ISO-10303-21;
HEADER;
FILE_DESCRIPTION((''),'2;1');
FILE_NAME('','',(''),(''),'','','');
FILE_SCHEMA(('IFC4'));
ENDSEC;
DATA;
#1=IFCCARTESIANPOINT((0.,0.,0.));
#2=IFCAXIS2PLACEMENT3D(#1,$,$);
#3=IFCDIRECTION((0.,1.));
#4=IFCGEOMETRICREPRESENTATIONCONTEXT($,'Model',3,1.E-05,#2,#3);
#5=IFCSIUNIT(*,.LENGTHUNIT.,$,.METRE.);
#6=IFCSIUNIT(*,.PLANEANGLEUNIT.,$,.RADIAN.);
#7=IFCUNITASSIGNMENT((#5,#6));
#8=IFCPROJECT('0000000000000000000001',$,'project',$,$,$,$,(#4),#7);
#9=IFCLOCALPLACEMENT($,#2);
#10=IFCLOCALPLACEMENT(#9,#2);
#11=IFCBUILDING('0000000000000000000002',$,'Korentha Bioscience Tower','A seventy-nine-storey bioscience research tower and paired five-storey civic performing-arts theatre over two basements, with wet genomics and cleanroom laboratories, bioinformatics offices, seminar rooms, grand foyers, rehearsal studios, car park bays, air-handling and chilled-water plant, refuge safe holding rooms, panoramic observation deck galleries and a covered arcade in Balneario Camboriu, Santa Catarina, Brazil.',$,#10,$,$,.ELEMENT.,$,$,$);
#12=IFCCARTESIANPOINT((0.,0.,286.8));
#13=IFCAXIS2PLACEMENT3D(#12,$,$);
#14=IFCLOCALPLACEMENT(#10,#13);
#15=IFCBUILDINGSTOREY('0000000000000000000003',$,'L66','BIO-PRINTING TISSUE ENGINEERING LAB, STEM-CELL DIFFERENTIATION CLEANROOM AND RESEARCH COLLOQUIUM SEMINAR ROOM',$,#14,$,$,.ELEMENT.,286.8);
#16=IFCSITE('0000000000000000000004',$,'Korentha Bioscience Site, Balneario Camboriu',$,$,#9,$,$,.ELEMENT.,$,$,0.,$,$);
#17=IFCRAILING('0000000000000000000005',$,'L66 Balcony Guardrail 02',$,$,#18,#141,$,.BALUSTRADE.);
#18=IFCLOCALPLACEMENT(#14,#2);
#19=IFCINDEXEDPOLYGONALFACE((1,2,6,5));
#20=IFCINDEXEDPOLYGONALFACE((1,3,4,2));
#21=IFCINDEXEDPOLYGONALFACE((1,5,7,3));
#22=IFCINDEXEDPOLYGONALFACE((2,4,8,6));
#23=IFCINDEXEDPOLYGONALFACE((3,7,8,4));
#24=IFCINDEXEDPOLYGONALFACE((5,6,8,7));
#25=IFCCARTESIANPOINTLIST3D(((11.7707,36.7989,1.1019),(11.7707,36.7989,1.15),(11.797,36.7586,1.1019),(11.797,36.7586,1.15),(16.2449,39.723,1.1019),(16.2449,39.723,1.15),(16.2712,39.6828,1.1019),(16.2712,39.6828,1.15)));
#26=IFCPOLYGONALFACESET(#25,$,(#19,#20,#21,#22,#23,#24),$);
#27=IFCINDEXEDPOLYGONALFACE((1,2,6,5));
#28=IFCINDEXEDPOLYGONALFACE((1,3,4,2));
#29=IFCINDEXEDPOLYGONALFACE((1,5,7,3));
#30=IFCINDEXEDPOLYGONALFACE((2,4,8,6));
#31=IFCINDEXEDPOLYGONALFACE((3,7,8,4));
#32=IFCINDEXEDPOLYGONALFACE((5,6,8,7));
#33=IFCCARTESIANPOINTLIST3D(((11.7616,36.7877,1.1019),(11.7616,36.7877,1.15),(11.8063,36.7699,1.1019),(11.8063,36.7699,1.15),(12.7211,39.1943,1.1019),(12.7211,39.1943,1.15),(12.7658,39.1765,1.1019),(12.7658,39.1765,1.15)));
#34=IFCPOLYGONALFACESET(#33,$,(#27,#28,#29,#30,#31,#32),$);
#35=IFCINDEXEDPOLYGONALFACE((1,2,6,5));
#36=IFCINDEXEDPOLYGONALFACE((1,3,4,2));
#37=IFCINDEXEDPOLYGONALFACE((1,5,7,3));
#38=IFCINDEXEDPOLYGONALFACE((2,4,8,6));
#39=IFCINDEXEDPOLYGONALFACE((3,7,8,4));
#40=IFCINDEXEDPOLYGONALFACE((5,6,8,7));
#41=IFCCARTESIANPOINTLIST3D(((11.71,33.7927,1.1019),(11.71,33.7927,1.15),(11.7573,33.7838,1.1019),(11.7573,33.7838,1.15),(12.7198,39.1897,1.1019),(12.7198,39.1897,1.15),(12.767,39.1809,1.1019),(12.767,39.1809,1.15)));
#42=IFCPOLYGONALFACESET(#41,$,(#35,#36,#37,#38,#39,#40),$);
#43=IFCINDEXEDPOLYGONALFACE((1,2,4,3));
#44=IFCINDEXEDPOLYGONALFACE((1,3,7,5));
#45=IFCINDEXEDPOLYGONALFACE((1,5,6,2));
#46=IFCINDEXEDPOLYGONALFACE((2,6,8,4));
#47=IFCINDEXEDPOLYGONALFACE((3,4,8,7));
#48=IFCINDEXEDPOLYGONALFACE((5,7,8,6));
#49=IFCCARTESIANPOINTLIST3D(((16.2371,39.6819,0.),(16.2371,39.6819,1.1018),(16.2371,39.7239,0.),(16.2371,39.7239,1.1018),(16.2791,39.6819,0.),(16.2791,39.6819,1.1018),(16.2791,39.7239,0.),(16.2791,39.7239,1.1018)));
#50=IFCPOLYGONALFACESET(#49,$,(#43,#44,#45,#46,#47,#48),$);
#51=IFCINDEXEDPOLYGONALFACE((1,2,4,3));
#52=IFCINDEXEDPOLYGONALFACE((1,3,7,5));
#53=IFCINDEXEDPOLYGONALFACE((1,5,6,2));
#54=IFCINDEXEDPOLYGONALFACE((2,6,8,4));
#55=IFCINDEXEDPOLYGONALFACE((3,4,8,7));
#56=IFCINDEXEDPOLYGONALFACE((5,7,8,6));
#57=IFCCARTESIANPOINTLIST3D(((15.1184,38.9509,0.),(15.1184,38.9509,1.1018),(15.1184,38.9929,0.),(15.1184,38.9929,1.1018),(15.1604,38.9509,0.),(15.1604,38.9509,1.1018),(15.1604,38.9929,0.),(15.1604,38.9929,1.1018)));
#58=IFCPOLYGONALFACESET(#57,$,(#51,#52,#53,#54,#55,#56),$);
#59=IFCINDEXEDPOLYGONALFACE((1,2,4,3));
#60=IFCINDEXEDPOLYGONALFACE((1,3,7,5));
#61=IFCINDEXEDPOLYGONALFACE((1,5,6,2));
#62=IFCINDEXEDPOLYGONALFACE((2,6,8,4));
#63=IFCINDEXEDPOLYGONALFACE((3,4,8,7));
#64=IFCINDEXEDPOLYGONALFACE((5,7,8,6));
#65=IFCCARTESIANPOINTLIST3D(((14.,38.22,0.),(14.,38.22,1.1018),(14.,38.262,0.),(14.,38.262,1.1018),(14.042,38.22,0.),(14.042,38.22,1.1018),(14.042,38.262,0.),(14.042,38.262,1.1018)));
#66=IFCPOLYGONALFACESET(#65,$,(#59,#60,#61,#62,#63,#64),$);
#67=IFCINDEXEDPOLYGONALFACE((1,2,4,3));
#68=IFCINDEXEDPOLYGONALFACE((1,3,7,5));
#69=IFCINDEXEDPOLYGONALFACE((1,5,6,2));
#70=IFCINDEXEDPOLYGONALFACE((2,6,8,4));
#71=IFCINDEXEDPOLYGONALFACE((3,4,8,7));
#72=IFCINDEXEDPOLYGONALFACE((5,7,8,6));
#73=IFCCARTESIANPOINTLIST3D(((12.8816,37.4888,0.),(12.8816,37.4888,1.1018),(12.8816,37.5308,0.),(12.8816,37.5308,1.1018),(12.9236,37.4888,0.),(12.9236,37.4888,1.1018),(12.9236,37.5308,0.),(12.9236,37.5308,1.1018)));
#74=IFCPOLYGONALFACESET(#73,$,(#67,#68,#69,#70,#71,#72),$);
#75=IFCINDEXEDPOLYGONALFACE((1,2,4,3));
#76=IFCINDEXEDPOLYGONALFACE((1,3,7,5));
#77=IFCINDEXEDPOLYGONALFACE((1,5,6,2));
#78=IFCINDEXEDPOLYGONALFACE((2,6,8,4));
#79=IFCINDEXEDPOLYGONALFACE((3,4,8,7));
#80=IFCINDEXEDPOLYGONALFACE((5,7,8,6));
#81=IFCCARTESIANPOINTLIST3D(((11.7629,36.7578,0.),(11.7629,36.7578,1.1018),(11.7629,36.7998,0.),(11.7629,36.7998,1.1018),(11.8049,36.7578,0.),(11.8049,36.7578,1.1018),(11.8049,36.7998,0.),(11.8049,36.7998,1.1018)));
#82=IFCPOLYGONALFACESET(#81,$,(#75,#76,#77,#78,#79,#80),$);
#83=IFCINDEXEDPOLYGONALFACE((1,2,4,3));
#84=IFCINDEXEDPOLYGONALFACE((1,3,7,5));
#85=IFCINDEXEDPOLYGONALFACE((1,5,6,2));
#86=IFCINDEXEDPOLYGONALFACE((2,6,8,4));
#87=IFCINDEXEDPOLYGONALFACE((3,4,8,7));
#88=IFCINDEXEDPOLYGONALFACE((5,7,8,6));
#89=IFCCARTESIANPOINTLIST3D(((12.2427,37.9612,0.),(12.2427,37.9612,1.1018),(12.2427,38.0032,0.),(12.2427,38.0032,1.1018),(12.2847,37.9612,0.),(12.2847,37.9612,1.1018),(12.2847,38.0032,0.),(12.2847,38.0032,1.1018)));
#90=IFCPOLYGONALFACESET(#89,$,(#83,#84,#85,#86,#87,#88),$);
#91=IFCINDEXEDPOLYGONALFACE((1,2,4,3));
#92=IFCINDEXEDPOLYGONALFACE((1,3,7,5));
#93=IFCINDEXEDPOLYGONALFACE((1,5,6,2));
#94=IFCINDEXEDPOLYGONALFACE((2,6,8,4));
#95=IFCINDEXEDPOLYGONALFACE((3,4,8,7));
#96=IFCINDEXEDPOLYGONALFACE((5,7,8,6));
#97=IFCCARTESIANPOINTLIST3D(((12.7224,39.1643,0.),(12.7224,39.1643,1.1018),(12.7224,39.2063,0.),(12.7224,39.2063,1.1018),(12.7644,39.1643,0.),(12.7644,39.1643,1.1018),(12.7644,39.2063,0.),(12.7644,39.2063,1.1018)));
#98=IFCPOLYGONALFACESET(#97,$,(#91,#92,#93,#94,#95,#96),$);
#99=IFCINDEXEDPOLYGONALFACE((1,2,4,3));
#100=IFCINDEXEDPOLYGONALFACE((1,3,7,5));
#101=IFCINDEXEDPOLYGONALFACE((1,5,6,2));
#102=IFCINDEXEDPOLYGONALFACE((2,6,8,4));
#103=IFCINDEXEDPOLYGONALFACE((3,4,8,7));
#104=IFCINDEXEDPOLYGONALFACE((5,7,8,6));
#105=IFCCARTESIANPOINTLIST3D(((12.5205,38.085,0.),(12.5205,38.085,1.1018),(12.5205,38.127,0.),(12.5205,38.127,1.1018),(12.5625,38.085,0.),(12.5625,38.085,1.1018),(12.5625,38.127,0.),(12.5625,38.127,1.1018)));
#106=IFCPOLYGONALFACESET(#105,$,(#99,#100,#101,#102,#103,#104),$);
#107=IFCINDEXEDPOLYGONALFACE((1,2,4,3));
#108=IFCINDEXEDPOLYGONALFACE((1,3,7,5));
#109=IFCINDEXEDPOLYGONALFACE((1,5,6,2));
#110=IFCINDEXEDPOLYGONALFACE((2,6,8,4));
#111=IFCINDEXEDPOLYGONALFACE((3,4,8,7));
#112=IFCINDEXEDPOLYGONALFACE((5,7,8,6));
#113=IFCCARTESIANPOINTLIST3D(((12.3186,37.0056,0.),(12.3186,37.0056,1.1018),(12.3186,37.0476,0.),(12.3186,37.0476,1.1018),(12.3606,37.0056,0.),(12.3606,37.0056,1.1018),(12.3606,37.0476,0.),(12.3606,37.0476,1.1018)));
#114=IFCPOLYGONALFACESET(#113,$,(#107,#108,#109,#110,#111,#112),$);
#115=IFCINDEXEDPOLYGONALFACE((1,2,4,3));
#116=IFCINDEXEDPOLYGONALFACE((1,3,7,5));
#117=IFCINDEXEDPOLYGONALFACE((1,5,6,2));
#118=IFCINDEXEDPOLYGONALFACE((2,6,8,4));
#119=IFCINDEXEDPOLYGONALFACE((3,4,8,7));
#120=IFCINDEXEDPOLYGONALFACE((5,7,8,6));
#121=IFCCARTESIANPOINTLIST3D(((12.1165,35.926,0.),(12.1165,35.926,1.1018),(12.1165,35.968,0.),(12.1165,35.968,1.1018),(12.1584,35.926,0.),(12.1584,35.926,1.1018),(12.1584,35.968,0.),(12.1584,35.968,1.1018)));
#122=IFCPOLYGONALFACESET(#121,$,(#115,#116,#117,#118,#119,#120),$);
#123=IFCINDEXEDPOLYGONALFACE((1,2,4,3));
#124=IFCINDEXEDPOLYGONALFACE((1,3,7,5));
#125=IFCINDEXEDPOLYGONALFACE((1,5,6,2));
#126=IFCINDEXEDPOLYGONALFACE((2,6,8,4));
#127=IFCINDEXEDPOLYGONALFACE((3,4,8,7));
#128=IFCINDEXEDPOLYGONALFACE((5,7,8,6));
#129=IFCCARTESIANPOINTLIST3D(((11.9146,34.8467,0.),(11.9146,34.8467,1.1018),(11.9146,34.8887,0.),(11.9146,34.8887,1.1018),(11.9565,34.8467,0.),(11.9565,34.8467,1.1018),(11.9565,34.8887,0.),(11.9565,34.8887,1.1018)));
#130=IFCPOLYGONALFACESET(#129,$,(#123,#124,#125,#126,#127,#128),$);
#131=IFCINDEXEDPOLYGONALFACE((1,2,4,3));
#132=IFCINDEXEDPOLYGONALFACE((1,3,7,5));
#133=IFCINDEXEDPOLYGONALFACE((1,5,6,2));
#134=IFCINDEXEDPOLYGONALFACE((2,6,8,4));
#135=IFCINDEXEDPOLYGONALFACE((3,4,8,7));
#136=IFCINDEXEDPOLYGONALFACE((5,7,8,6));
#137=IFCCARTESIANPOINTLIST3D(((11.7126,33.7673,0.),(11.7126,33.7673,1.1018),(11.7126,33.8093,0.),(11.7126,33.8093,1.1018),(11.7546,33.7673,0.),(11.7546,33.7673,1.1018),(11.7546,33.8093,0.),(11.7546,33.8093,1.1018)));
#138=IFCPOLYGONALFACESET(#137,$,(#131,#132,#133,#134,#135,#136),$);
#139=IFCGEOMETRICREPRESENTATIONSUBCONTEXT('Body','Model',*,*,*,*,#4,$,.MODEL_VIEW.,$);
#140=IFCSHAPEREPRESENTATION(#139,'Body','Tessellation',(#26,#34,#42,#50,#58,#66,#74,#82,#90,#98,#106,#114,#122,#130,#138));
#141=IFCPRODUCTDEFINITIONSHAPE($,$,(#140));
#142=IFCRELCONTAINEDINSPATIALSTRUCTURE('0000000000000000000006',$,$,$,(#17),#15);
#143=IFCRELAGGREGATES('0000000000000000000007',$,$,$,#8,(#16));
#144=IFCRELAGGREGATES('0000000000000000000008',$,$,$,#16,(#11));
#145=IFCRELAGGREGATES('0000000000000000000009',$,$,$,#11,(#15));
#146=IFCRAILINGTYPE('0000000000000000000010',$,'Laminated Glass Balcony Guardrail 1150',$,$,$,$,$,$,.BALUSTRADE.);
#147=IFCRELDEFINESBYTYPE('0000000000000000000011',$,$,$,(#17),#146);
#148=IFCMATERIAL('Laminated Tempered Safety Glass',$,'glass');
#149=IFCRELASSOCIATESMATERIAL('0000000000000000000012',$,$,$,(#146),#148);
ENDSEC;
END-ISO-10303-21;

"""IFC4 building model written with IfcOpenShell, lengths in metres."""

from ifc_helpers import new_model, si_unit, direction, frame, origin, origin_2d, place, context, subcontext, project, spatial, rectangle, extrude, material, type_object, element, save


model = new_model("IFC4")

# Units and contexts
model_context = context("Model", 3, precision=1e-05, world=origin(), true_north=direction((0.0, 1.0)))
body_context = subcontext(model_context, "Body", "Model", "MODEL_VIEW")
ifc_project = project(units=[si_unit("LENGTHUNIT", "METRE"), si_unit("PLANEANGLEUNIT", "RADIAN")], contexts=[model_context])

# Site, building, storey
site_placement = place(None, origin())
site = spatial("IfcSite", under=ifc_project, at=site_placement, Name="Korentha Bioscience Site, Balneario Camboriu", CompositionType="ELEMENT", RefElevation=0.0)
building_placement = place(site_placement, origin())
building = spatial("IfcBuilding", under=site, at=building_placement, Name="Korentha Bioscience Tower", Description="A seventy-nine-storey bioscience research tower and paired five-storey civic performing-arts theatre over two basements, with wet genomics and cleanroom laboratories, bioinformatics offices, seminar rooms, grand foyers, rehearsal studios, car park bays, air-handling and chilled-water plant, refuge safe holding rooms, panoramic observation deck galleries and a covered arcade in Balneario Camboriu, Santa Catarina, Brazil.", CompositionType="ELEMENT")
storey_placement = place(building_placement, frame((0.0, 0.0, 286.8)))
storey = spatial("IfcBuildingStorey", under=building, at=storey_placement, Name="L66", Description="BIO-PRINTING TISSUE ENGINEERING LAB, STEM-CELL DIFFERENTIATION CLEANROOM AND RESEARCH COLLOQUIUM SEMINAR ROOM", CompositionType="ELEMENT", Elevation=286.8)

# Railing
ifc_material_1 = material(Name="Laminated Tempered Safety Glass", Category="glass")
railing_type = type_object("IfcRailingType", Name="Laminated Glass Balcony Guardrail 1150", PredefinedType="BALUSTRADE", material=ifc_material_1)
railing_placement = place(storey_placement, frame((16.2581, 39.7029, 0.0)))
element("IfcRailing", 1, at=railing_placement, inside=storey, type_object=railing_type, Name="L66 Balcony Guardrail 02", PredefinedType="BALUSTRADE", context=body_context, shape_type="SweptSolid", body=[
    extrude(rectangle(XDim=0.0481, YDim=0.0481, at=origin_2d()), frame((0.0, 0.0, 1.126), z_axis=(-0.837082, -0.547077, 0.0), x_axis=(0.547077, -0.837082, 0.0)), (0.0, 0.0, 1.0), 5.345),
    extrude(rectangle(XDim=0.0481, YDim=0.0481, at=origin_2d()), frame((-4.4741, -2.9241, 1.126), z_axis=(0.370351, 0.928892, 0.0), x_axis=(-0.928892, 0.370351, 0.0)), (0.0, 0.0, 1.0), 2.5908),
    extrude(rectangle(XDim=0.0481, YDim=0.0481, at=origin_2d()), frame((-3.5146, -0.5176, 1.126), z_axis=(-0.183907, -0.982944, 0.0), x_axis=(0.982944, -0.183907, 0.0)), (0.0, 0.0, 1.0), 5.4907),
    extrude(rectangle(XDim=0.042, YDim=0.042, at=origin_2d()), origin(), (0.0, 0.0, 1.0), 1.1018),
    extrude(rectangle(XDim=0.042, YDim=0.042, at=origin_2d()), frame((-1.1187, -0.731, 0.0)), (0.0, 0.0, 1.0), 1.1018),
    extrude(rectangle(XDim=0.042, YDim=0.042, at=origin_2d()), frame((-2.2371, -1.4619, 0.0)), (0.0, 0.0, 1.0), 1.1018),
    extrude(rectangle(XDim=0.042, YDim=0.042, at=origin_2d()), frame((-3.3555, -2.1931, 0.0)), (0.0, 0.0, 1.0), 1.1018),
    extrude(rectangle(XDim=0.042, YDim=0.042, at=origin_2d()), frame((-4.4741, -2.9241, 0.0)), (0.0, 0.0, 1.0), 1.1018),
    extrude(rectangle(XDim=0.042, YDim=0.042, at=origin_2d()), frame((-3.9944, -1.7207, 0.0)), (0.0, 0.0, 1.0), 1.1018),
    extrude(rectangle(XDim=0.042, YDim=0.042, at=origin_2d()), frame((-3.5146, -0.5176, 0.0)), (0.0, 0.0, 1.0), 1.1018),
    extrude(rectangle(XDim=0.042, YDim=0.042, at=origin_2d()), frame((-3.7166, -1.5969, 0.0)), (0.0, 0.0, 1.0), 1.1018),
    extrude(rectangle(XDim=0.042, YDim=0.042, at=origin_2d()), frame((-3.9185, -2.6763, 0.0)), (0.0, 0.0, 1.0), 1.1018),
    extrude(rectangle(XDim=0.042, YDim=0.042, at=origin_2d()), frame((-4.1206, -3.7559, 0.0)), (0.0, 0.0, 1.0), 1.1018),
    extrude(rectangle(XDim=0.042, YDim=0.042, at=origin_2d()), frame((-4.3225, -4.8352, 0.0)), (0.0, 0.0, 1.0), 1.1018),
    extrude(rectangle(XDim=0.042, YDim=0.042, at=origin_2d()), frame((-4.5244, -5.9146, 0.0)), (0.0, 0.0, 1.0), 1.1018),
])

save(model, "model.ifc")
